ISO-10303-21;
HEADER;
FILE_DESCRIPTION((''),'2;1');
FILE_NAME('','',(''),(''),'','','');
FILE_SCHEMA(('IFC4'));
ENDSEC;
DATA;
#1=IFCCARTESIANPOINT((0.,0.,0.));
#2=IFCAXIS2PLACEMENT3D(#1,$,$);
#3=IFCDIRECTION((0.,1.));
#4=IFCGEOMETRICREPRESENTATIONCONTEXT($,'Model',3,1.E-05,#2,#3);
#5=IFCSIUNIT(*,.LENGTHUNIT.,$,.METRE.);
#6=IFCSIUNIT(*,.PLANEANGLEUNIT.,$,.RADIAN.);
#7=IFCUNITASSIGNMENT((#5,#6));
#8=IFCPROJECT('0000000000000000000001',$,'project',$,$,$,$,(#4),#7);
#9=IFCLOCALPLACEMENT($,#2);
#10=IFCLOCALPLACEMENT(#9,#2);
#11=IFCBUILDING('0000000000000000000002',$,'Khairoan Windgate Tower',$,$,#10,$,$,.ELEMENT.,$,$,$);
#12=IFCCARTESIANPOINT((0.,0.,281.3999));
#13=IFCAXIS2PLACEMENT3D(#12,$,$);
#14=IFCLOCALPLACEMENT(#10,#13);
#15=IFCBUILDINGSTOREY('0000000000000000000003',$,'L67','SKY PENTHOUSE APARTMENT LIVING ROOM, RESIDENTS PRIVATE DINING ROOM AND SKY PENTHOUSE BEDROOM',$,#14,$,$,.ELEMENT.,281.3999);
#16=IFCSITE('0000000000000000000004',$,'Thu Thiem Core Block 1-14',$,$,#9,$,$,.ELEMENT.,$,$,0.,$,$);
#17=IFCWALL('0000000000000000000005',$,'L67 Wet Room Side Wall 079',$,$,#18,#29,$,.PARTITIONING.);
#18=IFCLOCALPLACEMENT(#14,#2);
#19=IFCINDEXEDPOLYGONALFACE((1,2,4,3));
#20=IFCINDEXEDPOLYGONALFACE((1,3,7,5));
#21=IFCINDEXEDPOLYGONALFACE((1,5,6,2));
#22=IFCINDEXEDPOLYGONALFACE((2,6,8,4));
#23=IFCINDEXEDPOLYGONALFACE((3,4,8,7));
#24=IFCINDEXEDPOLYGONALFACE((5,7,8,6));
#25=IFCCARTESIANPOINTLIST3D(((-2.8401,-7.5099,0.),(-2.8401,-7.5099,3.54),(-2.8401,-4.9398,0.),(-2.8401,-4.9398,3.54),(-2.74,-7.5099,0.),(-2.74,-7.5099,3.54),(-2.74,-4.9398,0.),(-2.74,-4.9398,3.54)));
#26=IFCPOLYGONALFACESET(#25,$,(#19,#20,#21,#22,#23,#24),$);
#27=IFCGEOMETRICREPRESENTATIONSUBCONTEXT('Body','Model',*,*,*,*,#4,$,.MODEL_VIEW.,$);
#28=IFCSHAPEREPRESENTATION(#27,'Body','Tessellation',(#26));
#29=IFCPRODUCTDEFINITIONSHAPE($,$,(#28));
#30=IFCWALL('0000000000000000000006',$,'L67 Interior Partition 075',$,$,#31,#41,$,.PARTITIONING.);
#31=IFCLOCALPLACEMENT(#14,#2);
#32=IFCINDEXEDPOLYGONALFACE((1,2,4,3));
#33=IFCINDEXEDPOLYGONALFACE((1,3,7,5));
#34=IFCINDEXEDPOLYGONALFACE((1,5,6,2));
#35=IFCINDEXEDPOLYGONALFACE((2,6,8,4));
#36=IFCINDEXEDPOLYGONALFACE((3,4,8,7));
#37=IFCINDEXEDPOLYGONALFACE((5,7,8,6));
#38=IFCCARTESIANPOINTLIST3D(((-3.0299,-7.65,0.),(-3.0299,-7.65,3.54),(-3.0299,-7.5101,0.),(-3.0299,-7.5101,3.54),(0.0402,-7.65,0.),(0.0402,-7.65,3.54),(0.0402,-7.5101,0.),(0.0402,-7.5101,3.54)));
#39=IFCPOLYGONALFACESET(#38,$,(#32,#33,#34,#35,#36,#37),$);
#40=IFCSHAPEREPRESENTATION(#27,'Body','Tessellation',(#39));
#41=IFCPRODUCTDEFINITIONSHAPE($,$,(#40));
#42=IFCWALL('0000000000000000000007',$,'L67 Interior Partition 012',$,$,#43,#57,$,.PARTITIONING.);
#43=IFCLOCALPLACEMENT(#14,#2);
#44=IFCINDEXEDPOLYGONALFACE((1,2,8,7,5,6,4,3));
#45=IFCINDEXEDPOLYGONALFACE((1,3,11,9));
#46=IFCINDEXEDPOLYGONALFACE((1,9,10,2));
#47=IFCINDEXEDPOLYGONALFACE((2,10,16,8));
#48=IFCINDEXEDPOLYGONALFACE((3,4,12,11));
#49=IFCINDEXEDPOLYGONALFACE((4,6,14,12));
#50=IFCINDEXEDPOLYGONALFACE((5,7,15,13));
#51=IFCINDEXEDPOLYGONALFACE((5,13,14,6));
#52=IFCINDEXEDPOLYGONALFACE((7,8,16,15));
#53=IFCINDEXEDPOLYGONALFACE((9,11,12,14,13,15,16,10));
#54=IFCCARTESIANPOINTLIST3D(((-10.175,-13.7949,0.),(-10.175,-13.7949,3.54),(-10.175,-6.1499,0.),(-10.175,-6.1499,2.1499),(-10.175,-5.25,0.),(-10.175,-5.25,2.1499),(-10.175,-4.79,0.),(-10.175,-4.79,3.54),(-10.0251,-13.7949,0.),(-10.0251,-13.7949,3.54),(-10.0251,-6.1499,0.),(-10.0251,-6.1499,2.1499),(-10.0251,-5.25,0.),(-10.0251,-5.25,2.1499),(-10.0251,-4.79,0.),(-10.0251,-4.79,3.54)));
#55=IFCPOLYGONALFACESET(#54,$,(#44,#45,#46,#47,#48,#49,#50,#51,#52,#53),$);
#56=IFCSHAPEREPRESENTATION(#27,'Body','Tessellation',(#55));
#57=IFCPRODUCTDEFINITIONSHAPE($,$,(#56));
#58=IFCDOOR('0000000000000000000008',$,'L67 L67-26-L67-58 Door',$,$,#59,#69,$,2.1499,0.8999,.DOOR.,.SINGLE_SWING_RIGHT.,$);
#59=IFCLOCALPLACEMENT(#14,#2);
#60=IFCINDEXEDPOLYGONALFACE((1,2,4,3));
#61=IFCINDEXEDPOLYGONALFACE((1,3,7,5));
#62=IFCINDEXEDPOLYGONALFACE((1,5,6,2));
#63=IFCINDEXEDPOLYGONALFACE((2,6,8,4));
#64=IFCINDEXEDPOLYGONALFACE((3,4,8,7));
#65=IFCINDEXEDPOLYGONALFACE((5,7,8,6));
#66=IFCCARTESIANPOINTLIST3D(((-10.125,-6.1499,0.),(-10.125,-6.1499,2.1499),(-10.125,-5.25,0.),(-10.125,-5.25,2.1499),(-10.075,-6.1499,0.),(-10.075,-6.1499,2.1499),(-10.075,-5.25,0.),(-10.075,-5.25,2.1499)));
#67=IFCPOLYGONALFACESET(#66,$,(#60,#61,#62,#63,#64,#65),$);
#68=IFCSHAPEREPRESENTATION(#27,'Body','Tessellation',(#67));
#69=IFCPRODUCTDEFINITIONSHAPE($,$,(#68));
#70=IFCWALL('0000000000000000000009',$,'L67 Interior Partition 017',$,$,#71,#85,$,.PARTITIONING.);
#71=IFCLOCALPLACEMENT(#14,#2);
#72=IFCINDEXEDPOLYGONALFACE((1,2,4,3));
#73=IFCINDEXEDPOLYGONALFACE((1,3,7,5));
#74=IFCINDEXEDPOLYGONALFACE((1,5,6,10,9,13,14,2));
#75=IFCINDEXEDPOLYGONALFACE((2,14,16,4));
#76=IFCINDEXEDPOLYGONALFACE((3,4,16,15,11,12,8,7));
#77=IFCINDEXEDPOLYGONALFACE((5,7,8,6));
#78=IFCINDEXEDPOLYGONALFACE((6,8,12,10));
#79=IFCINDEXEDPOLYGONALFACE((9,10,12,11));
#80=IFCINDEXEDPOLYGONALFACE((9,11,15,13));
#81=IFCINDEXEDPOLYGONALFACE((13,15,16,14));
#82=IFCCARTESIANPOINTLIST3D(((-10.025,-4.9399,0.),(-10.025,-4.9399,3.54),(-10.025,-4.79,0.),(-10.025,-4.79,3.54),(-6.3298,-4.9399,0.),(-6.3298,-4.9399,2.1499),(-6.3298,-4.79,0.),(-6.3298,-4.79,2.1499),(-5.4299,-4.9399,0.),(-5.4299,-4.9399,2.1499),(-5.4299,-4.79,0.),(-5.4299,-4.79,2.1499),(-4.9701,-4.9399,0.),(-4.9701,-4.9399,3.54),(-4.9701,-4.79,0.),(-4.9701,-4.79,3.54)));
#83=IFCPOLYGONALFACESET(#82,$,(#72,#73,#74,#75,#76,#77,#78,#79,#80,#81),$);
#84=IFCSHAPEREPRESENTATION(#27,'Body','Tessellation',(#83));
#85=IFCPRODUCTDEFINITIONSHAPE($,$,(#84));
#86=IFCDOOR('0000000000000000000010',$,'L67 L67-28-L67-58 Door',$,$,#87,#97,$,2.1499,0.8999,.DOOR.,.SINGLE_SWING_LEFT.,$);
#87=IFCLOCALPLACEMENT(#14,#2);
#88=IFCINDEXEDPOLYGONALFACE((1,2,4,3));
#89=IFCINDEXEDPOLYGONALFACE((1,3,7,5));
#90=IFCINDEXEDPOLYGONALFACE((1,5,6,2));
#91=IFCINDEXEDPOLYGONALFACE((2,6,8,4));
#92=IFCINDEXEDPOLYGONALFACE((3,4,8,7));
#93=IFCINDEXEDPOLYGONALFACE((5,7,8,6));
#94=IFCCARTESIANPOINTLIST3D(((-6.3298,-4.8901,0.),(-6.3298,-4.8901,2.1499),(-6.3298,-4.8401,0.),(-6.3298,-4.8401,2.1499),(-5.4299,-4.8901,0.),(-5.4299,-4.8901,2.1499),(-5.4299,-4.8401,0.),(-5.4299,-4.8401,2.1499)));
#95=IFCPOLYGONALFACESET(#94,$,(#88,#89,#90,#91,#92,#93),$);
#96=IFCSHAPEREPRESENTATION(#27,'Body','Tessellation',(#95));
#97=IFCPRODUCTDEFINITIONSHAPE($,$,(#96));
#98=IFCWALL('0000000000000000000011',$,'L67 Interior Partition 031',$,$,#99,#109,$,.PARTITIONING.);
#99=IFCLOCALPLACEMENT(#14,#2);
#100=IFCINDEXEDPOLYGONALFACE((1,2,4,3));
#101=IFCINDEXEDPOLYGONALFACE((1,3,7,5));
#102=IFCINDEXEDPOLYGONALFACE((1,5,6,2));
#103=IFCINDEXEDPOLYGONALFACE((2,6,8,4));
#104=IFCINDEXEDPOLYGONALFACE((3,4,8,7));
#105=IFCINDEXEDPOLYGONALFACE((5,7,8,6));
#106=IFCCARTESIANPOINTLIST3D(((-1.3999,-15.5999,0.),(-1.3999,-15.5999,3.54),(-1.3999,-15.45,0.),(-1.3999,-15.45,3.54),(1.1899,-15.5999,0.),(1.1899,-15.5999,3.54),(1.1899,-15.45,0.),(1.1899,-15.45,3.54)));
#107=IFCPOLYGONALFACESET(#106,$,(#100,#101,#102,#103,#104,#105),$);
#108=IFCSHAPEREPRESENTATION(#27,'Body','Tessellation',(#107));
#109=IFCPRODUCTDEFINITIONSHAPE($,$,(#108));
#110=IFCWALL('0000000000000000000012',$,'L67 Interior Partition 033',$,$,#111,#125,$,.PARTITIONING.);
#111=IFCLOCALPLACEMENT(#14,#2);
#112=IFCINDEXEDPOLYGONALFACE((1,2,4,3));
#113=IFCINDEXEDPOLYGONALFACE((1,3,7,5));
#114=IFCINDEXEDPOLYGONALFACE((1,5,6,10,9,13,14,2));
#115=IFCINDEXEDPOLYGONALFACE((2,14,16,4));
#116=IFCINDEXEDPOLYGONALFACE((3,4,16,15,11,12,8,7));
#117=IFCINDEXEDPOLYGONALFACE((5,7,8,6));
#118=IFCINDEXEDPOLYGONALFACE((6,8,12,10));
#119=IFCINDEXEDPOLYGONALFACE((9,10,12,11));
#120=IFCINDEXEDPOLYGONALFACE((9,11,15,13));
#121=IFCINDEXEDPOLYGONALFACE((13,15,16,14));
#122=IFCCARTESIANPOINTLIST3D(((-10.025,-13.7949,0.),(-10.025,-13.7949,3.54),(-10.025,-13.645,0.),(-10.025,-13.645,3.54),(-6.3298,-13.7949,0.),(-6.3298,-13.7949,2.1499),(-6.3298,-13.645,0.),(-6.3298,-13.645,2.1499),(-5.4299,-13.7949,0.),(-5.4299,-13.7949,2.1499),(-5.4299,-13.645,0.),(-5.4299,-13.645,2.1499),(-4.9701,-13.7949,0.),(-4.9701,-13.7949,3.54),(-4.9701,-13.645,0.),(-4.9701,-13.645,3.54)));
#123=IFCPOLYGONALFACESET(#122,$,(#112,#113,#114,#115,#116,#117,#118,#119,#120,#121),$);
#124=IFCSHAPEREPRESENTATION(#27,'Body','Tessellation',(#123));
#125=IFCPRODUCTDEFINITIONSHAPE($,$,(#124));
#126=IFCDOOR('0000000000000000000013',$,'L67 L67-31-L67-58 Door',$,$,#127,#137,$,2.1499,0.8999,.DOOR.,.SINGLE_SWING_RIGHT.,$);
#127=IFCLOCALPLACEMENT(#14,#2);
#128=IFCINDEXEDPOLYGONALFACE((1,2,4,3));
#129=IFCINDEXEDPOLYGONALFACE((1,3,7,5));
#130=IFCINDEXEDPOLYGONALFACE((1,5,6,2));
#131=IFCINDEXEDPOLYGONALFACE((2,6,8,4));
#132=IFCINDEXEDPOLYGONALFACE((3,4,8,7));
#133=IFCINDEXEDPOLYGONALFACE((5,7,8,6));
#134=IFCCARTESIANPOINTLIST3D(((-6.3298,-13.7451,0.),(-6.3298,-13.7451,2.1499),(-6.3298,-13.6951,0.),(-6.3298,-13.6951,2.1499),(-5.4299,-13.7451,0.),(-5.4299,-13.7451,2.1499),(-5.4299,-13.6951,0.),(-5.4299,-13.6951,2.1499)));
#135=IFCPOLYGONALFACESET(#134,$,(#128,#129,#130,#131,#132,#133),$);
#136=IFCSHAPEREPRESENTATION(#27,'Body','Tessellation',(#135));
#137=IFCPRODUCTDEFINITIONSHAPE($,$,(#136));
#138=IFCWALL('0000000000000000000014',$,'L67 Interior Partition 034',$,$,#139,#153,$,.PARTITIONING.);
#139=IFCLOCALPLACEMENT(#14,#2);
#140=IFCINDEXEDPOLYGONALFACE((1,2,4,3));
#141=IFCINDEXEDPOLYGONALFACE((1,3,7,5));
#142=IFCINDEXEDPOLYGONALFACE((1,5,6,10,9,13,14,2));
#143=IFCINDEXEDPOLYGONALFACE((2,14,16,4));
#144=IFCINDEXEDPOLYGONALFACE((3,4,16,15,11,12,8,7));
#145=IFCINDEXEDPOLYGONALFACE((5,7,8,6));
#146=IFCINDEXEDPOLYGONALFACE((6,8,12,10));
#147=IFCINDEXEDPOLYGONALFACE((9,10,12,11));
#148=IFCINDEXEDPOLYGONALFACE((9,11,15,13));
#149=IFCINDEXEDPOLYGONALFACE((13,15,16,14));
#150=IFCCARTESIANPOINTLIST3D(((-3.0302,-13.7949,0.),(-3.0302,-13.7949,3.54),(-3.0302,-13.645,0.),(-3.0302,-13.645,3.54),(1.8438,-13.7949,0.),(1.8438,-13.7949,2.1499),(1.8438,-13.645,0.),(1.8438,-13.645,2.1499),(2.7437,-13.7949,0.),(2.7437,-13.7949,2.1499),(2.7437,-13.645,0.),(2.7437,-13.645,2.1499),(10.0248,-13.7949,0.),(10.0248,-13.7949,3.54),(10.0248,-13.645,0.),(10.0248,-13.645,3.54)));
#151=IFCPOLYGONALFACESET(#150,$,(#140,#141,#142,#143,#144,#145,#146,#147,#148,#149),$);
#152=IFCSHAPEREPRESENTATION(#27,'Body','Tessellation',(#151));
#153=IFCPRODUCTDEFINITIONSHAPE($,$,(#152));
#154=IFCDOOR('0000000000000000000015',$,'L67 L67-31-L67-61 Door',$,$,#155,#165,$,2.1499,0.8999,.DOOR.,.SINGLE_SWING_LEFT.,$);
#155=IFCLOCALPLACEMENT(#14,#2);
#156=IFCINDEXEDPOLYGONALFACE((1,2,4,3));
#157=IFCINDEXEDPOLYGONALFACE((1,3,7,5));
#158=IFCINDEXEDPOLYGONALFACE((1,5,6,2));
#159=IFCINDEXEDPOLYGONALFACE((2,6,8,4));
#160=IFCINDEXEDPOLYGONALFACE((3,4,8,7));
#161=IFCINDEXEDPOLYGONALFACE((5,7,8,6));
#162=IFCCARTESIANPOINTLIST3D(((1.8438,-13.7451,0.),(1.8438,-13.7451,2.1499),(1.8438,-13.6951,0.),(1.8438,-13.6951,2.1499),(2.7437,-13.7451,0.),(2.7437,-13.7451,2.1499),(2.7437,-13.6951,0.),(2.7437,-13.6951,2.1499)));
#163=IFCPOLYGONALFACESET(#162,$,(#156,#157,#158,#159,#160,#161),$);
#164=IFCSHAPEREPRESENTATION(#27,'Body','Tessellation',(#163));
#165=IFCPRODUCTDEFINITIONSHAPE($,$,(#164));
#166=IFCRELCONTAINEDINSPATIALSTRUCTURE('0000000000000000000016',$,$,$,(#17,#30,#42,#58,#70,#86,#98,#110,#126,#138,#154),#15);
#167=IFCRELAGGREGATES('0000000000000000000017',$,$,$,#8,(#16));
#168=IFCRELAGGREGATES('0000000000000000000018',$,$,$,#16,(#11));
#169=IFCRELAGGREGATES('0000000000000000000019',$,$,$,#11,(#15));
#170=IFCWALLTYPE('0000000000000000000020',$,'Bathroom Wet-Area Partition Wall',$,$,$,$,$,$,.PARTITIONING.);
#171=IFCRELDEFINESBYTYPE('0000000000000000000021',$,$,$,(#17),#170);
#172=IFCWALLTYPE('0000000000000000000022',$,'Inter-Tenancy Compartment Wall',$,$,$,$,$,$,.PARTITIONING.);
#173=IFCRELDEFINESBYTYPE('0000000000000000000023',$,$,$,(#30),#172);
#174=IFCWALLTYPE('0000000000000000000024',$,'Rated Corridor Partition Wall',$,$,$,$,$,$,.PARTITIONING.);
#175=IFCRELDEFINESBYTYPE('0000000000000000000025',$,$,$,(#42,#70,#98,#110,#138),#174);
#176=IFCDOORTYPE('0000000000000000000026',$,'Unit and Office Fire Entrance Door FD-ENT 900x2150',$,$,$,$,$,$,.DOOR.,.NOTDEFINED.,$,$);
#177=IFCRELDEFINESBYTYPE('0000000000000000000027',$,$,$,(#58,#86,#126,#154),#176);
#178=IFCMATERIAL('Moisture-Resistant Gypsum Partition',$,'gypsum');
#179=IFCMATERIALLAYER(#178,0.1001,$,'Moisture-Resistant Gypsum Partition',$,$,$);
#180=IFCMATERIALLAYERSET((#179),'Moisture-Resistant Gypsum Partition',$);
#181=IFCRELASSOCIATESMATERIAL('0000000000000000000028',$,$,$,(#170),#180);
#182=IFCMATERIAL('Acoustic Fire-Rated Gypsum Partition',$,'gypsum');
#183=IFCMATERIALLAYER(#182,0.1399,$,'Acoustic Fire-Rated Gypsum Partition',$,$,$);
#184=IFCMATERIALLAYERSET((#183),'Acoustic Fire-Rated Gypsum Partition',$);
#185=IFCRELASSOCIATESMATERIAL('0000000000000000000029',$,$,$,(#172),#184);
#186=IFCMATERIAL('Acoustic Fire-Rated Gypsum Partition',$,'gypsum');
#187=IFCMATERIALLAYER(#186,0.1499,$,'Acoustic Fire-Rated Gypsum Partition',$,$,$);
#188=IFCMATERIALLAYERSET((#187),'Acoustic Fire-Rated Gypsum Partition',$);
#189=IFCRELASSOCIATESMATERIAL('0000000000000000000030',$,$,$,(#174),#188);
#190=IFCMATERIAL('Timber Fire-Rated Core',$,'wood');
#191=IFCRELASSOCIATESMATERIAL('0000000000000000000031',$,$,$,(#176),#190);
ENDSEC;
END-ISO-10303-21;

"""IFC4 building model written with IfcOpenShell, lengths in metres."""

from ifc_helpers import new_model, si_unit, direction, frame, frame_2d, origin, place, context, subcontext, project, spatial, rectangle, extrude, material, layer, layer_set, type_object, element, fill, save


model = new_model("IFC4")

# Units and contexts
model_context = context("Model", 3, precision=1e-05, world=origin(), true_north=direction((0.0, 1.0)))
body_context = subcontext(model_context, "Body", "Model", "MODEL_VIEW")
ifc_project = project(units=[si_unit("LENGTHUNIT", "METRE"), si_unit("PLANEANGLEUNIT", "RADIAN")], contexts=[model_context])

# Site, building, storey
site_placement = place(None, origin())
site = spatial("IfcSite", under=ifc_project, at=site_placement, Name="Thu Thiem Core Block 1-14", CompositionType="ELEMENT", RefElevation=0.0)
building_placement = place(site_placement, origin())
building = spatial("IfcBuilding", under=site, at=building_placement, Name="Khairoan Windgate Tower", CompositionType="ELEMENT")
storey_placement = place(building_placement, frame((0.0, 0.0, 281.3999)))
storey = spatial("IfcBuildingStorey", under=building, at=storey_placement, Name="L67", Description="SKY PENTHOUSE APARTMENT LIVING ROOM, RESIDENTS PRIVATE DINING ROOM AND SKY PENTHOUSE BEDROOM", CompositionType="ELEMENT", Elevation=281.3999)

# Walls
ifc_material_1 = material(Name="Moisture-Resistant Gypsum Partition", Category="gypsum")
ifc_layer_1 = layer(ifc_material_1, 0.1001, Name="Moisture-Resistant Gypsum Partition")
ifc_layer_set_1 = layer_set([ifc_layer_1], Name="Moisture-Resistant Gypsum Partition")
wall_type_1 = type_object("IfcWallType", Name="Bathroom Wet-Area Partition Wall", PredefinedType="PARTITIONING", material=ifc_layer_set_1)
wall_1_placement = place(storey_placement, frame((-2.79, -7.51, 0.0), z_axis=(0.0, 0.0, 1.0), x_axis=(0.0, 1.0, 0.0)))
element("IfcWall", 1, at=wall_1_placement, inside=storey, type_object=wall_type_1, Name="L67 Wet Room Side Wall 079", PredefinedType="PARTITIONING", context=body_context, shape_type="SweptSolid", body=[
    extrude(rectangle(XDim=2.5701, YDim=0.1001, at=frame_2d((1.2852, 0.0))), origin(), (0.0, 0.0, 1.0), 3.54),
])
ifc_material_2 = material(Name="Acoustic Fire-Rated Gypsum Partition", Category="gypsum")
ifc_layer_2 = layer(ifc_material_2, 0.1399, Name="Acoustic Fire-Rated Gypsum Partition")
ifc_layer_set_2 = layer_set([ifc_layer_2], Name="Acoustic Fire-Rated Gypsum Partition")
wall_type_2 = type_object("IfcWallType", Name="Inter-Tenancy Compartment Wall", PredefinedType="PARTITIONING", material=ifc_layer_set_2)
wall_2_placement = place(storey_placement, frame((-3.03, -7.5801, 0.0), z_axis=(0.0, 0.0, 1.0), x_axis=(1.0, 0.0, 0.0)))
element("IfcWall", 2, at=wall_2_placement, inside=storey, type_object=wall_type_2, Name="L67 Interior Partition 075", PredefinedType="PARTITIONING", context=body_context, shape_type="SweptSolid", body=[
    extrude(rectangle(XDim=3.0701, YDim=0.1399, at=frame_2d((1.5352, 0.0))), origin(), (0.0, 0.0, 1.0), 3.54),
])

# Walls, openings, doors
ifc_material_3 = material(Name="Acoustic Fire-Rated Gypsum Partition", Category="gypsum")
ifc_layer_3 = layer(ifc_material_3, 0.1499, Name="Acoustic Fire-Rated Gypsum Partition")
ifc_layer_set_3 = layer_set([ifc_layer_3], Name="Acoustic Fire-Rated Gypsum Partition")
wall_type_3 = type_object("IfcWallType", Name="Rated Corridor Partition Wall", PredefinedType="PARTITIONING", material=ifc_layer_set_3)
wall_3_placement = place(storey_placement, frame((-10.1001, -13.7949, 0.0), z_axis=(0.0, 0.0, 1.0), x_axis=(0.0, 1.0, 0.0)))
wall_3 = element("IfcWall", 3, at=wall_3_placement, inside=storey, type_object=wall_type_3, Name="L67 Interior Partition 012", PredefinedType="PARTITIONING", context=body_context, shape_type="SweptSolid", body=[
    extrude(rectangle(XDim=9.0049, YDim=0.1499, at=frame_2d((4.5024, 0.0))), origin(), (0.0, 0.0, 1.0), 3.54),
])
opening_1_placement = place(wall_3_placement, frame((7.645, 0.0, 0.0)))
opening_1 = element("IfcOpeningElement", 4, at=opening_1_placement, cuts=wall_3, PredefinedType="OPENING", context=body_context, shape_type="SweptSolid", body=[
    extrude(rectangle(XDim=0.8999, YDim=2.1499, at=frame_2d((0.45, 1.075))), frame((0.0, 0.085, 0.0), z_axis=(0.0, -1.0, 0.0), x_axis=(1.0, 0.0, 0.0)), (0.0, 0.0, 1.0), 0.1699),
])
ifc_material_4 = material(Name="Timber Fire-Rated Core", Category="wood")
door_type_1 = type_object("IfcDoorType", Name="Unit and Office Fire Entrance Door FD-ENT 900x2150", OperationType="NOTDEFINED", PredefinedType="DOOR", material=ifc_material_4)
door_1_placement = place(opening_1_placement, origin())
door_1 = element("IfcDoor", 5, at=door_1_placement, inside=storey, type_object=door_type_1, Name="L67 L67-26-L67-58 Door", OperationType="SINGLE_SWING_RIGHT", OverallHeight=2.1499, OverallWidth=0.8999, PredefinedType="DOOR", context=body_context, shape_type="SweptSolid", body=[
    extrude(rectangle(XDim=0.8999, YDim=2.1499, at=frame_2d((0.45, 1.075))), frame((0.0, 0.0249, 0.0), z_axis=(0.0, -1.0, 0.0), x_axis=(1.0, 0.0, 0.0)), (0.0, 0.0, 1.0), 0.05),
])
fill(opening_1, door_1)
wall_4_placement = place(storey_placement, frame((-10.0249, -4.865, 0.0), z_axis=(0.0, 0.0, 1.0), x_axis=(1.0, 0.0, 0.0)))
wall_4 = element("IfcWall", 6, at=wall_4_placement, inside=storey, type_object=wall_type_3, Name="L67 Interior Partition 017", PredefinedType="PARTITIONING", context=body_context, shape_type="SweptSolid", body=[
    extrude(rectangle(XDim=5.0549, YDim=0.1499, at=frame_2d((2.5273, 0.0))), origin(), (0.0, 0.0, 1.0), 3.54),
])
opening_2_placement = place(wall_4_placement, frame((3.6951, 0.0, 0.0)))
opening_2 = element("IfcOpeningElement", 7, at=opening_2_placement, cuts=wall_4, PredefinedType="OPENING", context=body_context, shape_type="SweptSolid", body=[
    extrude(rectangle(XDim=0.8999, YDim=2.1499, at=frame_2d((0.45, 1.075))), frame((0.0, 0.085, 0.0), z_axis=(0.0, -1.0, 0.0), x_axis=(1.0, 0.0, 0.0)), (0.0, 0.0, 1.0), 0.1699),
])
door_2_placement = place(opening_2_placement, origin())
door_2 = element("IfcDoor", 8, at=door_2_placement, inside=storey, type_object=door_type_1, Name="L67 L67-28-L67-58 Door", OperationType="SINGLE_SWING_LEFT", OverallHeight=2.1499, OverallWidth=0.8999, PredefinedType="DOOR", context=body_context, shape_type="SweptSolid", body=[
    extrude(rectangle(XDim=0.8999, YDim=2.1499, at=frame_2d((0.45, 1.075))), frame((0.0, 0.0249, 0.0), z_axis=(0.0, -1.0, 0.0), x_axis=(1.0, 0.0, 0.0)), (0.0, 0.0, 1.0), 0.05),
])
fill(opening_2, door_2)

# Wall
wall_5_placement = place(storey_placement, frame((-1.3999, -15.5249, 0.0), z_axis=(0.0, 0.0, 1.0), x_axis=(1.0, 0.0, 0.0)))
element("IfcWall", 9, at=wall_5_placement, inside=storey, type_object=wall_type_3, Name="L67 Interior Partition 031", PredefinedType="PARTITIONING", context=body_context, shape_type="SweptSolid", body=[
    extrude(rectangle(XDim=2.5898, YDim=0.1499, at=frame_2d((1.2949, 0.0))), origin(), (0.0, 0.0, 1.0), 3.54),
])

# Walls, openings, doors
wall_6_placement = place(storey_placement, frame((-10.0249, -13.72, 0.0), z_axis=(0.0, 0.0, 1.0), x_axis=(1.0, 0.0, 0.0)))
wall_6 = element("IfcWall", 10, at=wall_6_placement, inside=storey, type_object=wall_type_3, Name="L67 Interior Partition 033", PredefinedType="PARTITIONING", context=body_context, shape_type="SweptSolid", body=[
    extrude(rectangle(XDim=5.0549, YDim=0.1499, at=frame_2d((2.5273, 0.0))), origin(), (0.0, 0.0, 1.0), 3.54),
])
opening_3_placement = place(wall_6_placement, frame((3.6951, 0.0, 0.0)))
opening_3 = element("IfcOpeningElement", 11, at=opening_3_placement, cuts=wall_6, PredefinedType="OPENING", context=body_context, shape_type="SweptSolid", body=[
    extrude(rectangle(XDim=0.8999, YDim=2.1499, at=frame_2d((0.45, 1.075))), frame((0.0, 0.085, 0.0), z_axis=(0.0, -1.0, 0.0), x_axis=(1.0, 0.0, 0.0)), (0.0, 0.0, 1.0), 0.1699),
])
door_3_placement = place(opening_3_placement, origin())
door_3 = element("IfcDoor", 12, at=door_3_placement, inside=storey, type_object=door_type_1, Name="L67 L67-31-L67-58 Door", OperationType="SINGLE_SWING_RIGHT", OverallHeight=2.1499, OverallWidth=0.8999, PredefinedType="DOOR", context=body_context, shape_type="SweptSolid", body=[
    extrude(rectangle(XDim=0.8999, YDim=2.1499, at=frame_2d((0.45, 1.075))), frame((0.0, 0.0249, 0.0), z_axis=(0.0, -1.0, 0.0), x_axis=(1.0, 0.0, 0.0)), (0.0, 0.0, 1.0), 0.05),
])
fill(opening_3, door_3)
wall_7_placement = place(storey_placement, frame((-3.03, -13.72, 0.0), z_axis=(0.0, 0.0, 1.0), x_axis=(1.0, 0.0, 0.0)))
wall_7 = element("IfcWall", 13, at=wall_7_placement, inside=storey, type_object=wall_type_3, Name="L67 Interior Partition 034", PredefinedType="PARTITIONING", context=body_context, shape_type="SweptSolid", body=[
    extrude(rectangle(XDim=13.0549, YDim=0.1499, at=frame_2d((6.5273, 0.0))), origin(), (0.0, 0.0, 1.0), 3.54),
])
opening_4_placement = place(wall_7_placement, frame((4.8738, 0.0, 0.0)))
opening_4 = element("IfcOpeningElement", 14, at=opening_4_placement, cuts=wall_7, PredefinedType="OPENING", context=body_context, shape_type="SweptSolid", body=[
    extrude(rectangle(XDim=0.8999, YDim=2.1499, at=frame_2d((0.45, 1.075))), frame((0.0, 0.085, 0.0), z_axis=(0.0, -1.0, 0.0), x_axis=(1.0, 0.0, 0.0)), (0.0, 0.0, 1.0), 0.1699),
])
door_4_placement = place(opening_4_placement, origin())
door_4 = element("IfcDoor", 15, at=door_4_placement, inside=storey, type_object=door_type_1, Name="L67 L67-31-L67-61 Door", OperationType="SINGLE_SWING_LEFT", OverallHeight=2.1499, OverallWidth=0.8999, PredefinedType="DOOR", context=body_context, shape_type="SweptSolid", body=[
    extrude(rectangle(XDim=0.8999, YDim=2.1499, at=frame_2d((0.45, 1.075))), frame((0.0, 0.0249, 0.0), z_axis=(0.0, -1.0, 0.0), x_axis=(1.0, 0.0, 0.0)), (0.0, 0.0, 1.0), 0.05),
])
fill(opening_4, door_4)

save(model, "model.ifc")
